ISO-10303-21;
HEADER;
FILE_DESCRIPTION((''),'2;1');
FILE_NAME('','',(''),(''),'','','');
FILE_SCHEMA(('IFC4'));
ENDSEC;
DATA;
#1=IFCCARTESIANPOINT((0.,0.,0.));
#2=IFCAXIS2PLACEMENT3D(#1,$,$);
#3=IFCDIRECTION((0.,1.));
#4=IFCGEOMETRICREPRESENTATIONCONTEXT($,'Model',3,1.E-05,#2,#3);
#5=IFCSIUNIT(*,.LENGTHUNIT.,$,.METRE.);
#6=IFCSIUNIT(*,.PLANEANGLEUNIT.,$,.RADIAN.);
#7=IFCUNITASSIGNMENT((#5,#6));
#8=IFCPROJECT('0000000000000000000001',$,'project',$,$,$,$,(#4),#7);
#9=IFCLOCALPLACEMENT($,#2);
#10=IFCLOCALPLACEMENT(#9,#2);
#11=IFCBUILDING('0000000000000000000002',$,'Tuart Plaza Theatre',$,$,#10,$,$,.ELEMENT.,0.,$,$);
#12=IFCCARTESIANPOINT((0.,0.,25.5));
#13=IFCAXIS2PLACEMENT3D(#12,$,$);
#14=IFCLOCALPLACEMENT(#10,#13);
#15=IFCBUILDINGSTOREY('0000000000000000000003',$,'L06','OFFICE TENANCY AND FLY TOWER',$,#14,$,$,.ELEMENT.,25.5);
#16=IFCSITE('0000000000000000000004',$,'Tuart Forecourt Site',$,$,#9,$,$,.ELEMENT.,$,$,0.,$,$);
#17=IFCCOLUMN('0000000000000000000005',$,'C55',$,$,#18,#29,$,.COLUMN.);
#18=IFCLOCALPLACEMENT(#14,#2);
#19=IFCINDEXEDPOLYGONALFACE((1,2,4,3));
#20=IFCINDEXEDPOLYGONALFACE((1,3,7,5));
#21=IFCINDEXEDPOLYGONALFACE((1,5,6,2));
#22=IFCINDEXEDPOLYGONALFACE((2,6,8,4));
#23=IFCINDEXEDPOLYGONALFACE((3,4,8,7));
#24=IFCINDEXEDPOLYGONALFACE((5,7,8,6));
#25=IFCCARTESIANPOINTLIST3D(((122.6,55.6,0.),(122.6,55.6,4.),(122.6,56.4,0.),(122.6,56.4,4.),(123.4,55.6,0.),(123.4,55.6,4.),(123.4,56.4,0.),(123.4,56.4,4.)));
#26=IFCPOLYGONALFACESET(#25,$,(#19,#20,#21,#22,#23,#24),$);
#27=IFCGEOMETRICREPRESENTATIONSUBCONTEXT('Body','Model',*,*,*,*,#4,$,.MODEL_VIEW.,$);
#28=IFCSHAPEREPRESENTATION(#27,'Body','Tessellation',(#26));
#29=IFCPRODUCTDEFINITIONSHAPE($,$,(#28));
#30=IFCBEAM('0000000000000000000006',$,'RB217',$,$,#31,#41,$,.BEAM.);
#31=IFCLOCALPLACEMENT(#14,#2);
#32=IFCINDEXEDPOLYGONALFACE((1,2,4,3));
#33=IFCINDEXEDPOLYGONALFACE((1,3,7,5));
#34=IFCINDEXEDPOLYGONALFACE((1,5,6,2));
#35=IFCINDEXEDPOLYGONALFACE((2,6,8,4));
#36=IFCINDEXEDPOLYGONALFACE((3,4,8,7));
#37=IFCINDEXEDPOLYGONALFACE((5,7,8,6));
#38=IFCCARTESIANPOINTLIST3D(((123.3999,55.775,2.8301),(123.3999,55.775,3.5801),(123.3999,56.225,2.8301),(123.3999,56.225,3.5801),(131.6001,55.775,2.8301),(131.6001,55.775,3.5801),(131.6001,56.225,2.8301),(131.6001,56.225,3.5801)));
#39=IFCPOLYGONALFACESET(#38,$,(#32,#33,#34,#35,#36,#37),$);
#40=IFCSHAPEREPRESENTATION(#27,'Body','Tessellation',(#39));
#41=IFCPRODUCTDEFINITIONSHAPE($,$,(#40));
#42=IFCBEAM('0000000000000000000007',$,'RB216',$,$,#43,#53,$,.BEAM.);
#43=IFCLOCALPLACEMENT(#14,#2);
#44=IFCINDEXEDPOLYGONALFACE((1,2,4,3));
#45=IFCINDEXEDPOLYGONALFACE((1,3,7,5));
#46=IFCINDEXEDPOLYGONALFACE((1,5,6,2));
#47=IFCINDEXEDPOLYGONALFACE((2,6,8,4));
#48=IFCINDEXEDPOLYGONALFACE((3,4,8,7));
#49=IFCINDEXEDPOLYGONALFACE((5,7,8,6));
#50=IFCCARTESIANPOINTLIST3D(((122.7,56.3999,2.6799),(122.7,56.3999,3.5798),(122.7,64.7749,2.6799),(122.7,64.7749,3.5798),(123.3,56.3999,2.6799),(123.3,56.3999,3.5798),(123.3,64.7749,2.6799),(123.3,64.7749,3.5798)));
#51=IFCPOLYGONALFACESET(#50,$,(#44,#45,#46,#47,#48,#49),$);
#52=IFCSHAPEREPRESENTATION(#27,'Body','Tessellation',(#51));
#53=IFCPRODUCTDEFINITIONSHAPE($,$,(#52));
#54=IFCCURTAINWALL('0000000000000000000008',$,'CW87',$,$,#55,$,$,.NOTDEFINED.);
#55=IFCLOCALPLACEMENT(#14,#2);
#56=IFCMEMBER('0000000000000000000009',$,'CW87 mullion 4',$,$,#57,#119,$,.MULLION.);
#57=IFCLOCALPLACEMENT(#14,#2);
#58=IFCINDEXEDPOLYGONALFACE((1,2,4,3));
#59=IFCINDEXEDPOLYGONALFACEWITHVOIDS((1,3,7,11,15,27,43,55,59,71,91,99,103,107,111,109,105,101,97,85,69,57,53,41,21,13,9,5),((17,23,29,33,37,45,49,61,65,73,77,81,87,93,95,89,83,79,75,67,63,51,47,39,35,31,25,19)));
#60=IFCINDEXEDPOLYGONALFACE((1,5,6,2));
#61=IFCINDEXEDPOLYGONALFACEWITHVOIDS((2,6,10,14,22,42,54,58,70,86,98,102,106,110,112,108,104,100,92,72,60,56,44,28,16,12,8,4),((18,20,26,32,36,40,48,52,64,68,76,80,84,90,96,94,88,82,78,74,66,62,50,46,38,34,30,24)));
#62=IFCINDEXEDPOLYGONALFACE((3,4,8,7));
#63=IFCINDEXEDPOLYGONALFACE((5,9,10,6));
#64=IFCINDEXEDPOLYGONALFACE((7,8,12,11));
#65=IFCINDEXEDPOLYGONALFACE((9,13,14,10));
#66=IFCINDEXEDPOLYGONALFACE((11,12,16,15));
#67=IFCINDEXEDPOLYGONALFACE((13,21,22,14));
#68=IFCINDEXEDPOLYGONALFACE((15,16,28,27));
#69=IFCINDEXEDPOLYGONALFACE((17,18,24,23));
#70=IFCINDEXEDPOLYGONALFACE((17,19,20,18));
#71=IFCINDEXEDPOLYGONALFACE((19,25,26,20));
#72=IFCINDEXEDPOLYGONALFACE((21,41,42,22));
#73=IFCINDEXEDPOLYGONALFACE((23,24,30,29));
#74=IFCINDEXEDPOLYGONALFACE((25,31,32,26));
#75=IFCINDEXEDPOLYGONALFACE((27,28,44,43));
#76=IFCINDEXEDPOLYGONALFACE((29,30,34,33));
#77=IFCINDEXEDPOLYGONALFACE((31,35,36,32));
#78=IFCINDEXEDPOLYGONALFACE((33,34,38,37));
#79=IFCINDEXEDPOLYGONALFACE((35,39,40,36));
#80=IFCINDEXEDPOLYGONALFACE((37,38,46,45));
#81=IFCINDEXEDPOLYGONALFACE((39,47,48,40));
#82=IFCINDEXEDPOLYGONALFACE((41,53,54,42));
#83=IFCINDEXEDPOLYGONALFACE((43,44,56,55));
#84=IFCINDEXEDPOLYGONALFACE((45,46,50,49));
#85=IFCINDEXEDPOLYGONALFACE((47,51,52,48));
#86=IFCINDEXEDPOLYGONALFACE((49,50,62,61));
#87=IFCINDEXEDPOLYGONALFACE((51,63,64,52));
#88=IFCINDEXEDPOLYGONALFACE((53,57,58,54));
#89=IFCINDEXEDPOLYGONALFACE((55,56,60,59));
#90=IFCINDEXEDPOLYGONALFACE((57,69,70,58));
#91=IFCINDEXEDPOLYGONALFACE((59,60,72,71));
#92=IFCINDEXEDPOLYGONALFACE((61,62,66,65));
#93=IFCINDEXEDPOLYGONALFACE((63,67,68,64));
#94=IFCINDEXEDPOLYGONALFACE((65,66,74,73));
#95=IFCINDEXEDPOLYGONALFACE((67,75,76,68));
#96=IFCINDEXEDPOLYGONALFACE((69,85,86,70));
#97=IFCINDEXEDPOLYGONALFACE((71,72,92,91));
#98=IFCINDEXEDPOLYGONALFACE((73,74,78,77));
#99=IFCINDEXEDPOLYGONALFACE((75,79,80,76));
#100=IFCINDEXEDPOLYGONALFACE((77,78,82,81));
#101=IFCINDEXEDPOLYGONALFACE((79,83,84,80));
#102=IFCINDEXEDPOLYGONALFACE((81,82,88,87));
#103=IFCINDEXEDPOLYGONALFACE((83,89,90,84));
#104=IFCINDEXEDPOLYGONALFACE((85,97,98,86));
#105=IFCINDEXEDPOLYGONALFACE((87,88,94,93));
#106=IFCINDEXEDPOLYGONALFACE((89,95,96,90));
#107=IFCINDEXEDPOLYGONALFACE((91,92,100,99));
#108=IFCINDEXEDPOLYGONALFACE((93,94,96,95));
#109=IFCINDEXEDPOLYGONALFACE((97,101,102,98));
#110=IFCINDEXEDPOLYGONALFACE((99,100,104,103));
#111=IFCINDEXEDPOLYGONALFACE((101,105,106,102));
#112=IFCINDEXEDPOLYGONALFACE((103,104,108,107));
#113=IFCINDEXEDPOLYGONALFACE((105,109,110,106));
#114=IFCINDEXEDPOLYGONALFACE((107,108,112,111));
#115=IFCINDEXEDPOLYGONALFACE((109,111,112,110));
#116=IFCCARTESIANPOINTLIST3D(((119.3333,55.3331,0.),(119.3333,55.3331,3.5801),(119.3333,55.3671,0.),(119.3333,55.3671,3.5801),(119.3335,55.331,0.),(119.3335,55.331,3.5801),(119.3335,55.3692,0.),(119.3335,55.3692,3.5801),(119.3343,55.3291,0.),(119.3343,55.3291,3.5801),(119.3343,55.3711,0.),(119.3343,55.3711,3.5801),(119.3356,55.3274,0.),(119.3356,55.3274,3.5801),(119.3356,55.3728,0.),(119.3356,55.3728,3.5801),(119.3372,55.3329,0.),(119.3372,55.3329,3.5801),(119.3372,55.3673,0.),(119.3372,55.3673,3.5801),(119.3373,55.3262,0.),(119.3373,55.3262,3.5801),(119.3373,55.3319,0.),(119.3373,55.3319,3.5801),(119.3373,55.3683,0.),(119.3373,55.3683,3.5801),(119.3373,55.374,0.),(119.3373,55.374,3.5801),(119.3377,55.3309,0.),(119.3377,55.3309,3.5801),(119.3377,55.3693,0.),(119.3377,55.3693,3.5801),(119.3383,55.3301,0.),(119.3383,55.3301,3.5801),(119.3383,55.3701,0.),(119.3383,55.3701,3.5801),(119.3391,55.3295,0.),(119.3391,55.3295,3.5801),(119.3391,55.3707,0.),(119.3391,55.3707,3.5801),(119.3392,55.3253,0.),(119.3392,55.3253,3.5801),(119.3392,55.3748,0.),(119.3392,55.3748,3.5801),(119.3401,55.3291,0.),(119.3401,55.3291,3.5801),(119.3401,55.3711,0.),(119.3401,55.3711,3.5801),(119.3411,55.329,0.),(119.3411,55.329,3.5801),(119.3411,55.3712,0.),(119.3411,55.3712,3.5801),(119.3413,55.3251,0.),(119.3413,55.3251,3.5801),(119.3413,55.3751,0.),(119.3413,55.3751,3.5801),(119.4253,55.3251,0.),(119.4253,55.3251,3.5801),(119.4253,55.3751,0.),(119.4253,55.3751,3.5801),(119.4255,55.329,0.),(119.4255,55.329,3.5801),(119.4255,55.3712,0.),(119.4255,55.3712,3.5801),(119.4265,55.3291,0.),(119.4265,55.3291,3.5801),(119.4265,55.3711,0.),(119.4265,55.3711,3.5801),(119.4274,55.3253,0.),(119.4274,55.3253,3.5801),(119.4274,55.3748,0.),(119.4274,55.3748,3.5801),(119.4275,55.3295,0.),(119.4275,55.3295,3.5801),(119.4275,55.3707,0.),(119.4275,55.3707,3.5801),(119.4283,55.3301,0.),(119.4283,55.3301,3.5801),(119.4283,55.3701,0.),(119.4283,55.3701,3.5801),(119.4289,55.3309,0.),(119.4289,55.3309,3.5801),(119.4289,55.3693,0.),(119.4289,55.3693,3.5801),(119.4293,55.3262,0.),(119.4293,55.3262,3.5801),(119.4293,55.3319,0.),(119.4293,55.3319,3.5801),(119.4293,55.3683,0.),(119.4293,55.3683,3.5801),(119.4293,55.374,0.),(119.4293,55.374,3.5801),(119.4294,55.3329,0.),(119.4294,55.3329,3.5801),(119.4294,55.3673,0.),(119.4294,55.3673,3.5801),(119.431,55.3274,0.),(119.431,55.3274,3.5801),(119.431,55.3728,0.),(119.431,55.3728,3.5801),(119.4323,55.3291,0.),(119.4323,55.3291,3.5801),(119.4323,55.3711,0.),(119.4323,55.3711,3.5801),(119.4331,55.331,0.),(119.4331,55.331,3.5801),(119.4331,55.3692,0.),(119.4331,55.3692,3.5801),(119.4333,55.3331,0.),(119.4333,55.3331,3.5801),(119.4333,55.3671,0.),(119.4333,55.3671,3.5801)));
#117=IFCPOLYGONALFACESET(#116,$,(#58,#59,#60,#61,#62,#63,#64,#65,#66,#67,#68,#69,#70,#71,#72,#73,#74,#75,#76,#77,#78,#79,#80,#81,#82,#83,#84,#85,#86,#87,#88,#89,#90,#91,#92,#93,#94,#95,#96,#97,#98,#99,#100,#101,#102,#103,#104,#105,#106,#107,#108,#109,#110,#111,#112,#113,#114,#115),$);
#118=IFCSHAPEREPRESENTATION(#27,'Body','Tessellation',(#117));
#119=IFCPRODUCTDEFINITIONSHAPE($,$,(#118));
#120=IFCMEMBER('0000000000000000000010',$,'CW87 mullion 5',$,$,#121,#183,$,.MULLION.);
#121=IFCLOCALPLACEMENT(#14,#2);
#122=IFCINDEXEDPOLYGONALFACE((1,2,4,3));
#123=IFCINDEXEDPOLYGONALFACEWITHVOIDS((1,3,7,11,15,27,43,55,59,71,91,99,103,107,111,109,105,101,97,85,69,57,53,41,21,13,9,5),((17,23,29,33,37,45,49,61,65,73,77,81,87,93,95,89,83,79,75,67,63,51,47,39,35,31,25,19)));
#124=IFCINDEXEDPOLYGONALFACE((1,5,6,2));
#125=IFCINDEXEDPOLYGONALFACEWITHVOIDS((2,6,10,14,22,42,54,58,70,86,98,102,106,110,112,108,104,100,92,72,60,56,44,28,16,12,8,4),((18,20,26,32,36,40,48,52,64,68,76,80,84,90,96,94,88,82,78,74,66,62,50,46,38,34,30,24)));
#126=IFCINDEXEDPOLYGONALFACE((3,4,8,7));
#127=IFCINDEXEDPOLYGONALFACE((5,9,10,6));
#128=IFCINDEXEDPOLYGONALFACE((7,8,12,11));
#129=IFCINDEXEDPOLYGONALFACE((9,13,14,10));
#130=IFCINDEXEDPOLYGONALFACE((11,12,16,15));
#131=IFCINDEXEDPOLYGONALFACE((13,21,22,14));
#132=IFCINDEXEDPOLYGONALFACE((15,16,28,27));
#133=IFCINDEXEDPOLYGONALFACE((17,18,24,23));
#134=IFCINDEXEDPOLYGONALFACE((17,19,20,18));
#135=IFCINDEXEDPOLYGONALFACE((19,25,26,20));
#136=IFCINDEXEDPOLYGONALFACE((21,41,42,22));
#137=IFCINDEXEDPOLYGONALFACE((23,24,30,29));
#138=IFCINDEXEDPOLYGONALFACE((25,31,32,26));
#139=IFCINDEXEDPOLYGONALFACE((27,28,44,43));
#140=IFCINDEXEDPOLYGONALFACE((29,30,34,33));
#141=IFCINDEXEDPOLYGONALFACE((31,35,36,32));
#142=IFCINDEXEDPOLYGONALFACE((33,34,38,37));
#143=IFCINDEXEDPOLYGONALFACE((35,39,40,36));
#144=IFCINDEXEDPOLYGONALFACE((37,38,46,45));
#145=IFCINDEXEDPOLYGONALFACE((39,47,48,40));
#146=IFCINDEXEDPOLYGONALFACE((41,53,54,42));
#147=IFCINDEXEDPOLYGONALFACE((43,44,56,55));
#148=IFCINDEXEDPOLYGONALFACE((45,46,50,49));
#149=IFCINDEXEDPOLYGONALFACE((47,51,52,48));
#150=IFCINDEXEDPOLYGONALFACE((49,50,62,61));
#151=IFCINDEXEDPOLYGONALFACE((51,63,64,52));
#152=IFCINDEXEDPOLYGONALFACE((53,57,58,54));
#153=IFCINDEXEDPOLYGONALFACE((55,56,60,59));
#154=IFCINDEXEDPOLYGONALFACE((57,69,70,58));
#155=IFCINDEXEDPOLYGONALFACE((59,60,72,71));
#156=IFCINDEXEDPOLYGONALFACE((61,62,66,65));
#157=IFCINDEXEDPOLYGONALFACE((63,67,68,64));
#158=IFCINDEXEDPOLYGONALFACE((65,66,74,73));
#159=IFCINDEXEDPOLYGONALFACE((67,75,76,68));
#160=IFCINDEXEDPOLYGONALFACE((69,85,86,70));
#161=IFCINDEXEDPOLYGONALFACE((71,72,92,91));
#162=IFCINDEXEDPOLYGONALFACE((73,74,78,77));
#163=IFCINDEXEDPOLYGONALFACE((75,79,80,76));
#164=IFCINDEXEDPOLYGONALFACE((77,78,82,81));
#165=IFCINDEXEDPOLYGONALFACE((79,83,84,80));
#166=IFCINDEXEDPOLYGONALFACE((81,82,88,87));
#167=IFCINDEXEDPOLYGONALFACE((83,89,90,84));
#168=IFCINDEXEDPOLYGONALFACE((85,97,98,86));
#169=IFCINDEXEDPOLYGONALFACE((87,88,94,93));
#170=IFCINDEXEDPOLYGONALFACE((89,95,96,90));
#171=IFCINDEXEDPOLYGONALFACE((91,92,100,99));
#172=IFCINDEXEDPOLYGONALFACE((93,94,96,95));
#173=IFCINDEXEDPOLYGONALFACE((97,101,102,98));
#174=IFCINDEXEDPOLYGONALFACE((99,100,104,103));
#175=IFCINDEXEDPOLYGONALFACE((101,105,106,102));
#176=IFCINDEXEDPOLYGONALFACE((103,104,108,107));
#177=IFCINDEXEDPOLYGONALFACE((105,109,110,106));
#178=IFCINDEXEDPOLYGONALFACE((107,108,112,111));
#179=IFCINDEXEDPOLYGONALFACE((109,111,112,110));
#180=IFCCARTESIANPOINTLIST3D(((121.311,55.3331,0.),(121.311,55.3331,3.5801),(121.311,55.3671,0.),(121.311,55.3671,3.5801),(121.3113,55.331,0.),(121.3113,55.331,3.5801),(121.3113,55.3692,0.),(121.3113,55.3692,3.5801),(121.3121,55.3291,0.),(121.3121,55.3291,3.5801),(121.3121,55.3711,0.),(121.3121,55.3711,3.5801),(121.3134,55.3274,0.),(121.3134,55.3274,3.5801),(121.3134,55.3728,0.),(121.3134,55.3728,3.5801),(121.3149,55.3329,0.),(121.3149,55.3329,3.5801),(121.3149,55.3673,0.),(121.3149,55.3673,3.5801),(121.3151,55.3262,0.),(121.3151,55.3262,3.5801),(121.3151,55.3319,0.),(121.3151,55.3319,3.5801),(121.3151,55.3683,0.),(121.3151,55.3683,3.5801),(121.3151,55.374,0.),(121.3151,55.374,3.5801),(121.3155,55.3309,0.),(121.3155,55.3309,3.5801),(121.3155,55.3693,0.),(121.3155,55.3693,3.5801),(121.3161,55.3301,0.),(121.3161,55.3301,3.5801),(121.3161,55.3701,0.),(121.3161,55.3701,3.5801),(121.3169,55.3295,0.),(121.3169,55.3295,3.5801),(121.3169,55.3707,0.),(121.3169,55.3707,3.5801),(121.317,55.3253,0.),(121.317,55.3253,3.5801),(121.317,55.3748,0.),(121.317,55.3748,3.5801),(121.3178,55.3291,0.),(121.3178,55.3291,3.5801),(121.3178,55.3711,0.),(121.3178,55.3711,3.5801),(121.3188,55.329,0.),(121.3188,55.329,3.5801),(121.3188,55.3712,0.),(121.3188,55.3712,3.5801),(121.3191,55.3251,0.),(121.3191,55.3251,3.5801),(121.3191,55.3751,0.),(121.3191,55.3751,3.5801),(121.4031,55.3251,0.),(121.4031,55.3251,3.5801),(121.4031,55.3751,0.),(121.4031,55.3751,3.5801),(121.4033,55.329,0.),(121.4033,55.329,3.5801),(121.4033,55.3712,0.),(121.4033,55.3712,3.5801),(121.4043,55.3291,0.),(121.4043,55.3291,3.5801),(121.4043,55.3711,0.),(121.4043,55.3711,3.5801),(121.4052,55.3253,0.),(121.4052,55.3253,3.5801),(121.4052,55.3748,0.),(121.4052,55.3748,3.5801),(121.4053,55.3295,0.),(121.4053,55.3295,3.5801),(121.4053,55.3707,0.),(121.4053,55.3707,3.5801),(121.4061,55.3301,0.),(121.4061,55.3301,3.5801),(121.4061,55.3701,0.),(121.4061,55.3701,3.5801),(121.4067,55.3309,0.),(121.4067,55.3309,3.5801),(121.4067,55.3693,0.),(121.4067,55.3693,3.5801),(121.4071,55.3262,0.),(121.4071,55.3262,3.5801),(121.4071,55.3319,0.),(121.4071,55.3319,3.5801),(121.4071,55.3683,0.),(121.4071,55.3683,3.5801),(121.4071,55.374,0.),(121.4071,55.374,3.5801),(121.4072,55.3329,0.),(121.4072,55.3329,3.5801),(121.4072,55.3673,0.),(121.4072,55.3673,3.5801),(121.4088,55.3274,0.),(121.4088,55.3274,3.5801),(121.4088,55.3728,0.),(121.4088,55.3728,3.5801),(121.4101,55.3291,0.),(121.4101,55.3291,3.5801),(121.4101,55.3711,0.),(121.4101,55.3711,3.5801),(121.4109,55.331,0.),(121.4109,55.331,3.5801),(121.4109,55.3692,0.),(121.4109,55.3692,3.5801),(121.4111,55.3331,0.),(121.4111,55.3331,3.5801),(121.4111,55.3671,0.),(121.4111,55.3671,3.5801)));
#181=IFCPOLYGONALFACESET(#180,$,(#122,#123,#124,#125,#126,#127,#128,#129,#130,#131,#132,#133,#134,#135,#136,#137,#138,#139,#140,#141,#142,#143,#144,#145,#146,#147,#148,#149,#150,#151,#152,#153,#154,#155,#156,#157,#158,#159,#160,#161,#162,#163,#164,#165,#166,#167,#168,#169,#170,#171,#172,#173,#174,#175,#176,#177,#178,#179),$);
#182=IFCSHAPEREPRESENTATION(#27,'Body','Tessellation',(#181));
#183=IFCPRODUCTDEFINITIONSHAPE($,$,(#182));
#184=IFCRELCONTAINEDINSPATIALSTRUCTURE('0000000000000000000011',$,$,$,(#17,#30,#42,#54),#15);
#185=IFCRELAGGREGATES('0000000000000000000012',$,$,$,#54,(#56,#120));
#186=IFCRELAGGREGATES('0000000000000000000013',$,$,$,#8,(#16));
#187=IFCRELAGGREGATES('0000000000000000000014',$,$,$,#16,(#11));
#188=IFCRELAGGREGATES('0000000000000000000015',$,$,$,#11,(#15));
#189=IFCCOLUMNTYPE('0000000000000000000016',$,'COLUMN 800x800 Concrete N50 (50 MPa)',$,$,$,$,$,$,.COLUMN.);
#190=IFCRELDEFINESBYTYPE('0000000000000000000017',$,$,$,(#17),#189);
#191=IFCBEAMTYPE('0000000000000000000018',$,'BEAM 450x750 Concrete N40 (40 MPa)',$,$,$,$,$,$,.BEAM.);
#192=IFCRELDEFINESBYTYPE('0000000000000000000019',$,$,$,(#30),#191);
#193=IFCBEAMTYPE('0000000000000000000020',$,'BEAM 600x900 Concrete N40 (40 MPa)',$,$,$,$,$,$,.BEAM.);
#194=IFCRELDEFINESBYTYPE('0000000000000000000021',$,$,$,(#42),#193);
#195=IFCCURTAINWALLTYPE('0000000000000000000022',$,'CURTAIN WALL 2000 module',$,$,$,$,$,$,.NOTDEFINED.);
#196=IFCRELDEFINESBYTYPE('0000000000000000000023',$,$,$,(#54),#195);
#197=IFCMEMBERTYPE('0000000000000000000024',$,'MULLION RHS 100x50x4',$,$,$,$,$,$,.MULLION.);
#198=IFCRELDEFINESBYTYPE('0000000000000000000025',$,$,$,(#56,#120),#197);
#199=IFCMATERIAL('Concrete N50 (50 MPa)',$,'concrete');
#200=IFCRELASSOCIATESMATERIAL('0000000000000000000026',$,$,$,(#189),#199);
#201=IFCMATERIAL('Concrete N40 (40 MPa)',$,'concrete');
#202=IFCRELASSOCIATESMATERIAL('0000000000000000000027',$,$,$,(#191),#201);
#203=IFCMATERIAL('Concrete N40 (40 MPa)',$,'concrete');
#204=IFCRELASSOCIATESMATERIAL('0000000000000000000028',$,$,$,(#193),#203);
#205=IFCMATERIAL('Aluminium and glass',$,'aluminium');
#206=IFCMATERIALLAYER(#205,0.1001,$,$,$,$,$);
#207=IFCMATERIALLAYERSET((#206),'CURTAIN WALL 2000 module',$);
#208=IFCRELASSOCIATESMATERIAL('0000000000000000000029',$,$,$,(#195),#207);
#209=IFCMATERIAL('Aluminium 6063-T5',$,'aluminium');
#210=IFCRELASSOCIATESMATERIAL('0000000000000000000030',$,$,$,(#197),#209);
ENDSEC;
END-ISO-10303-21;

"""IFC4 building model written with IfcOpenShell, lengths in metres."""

from ifc_helpers import new_model, si_unit, direction, frame, origin, origin_2d, place, context, subcontext, project, spatial, rectangle, hollow_rectangle, extrude, material, layer, layer_set, material_profile, profile_set, type_object, element, aggregate, save


model = new_model("IFC4")

# Units and contexts
model_context = context("Model", 3, precision=1e-05, world=origin(), true_north=direction((0.0, 1.0)))
body_context = subcontext(model_context, "Body", "Model", "MODEL_VIEW")
ifc_project = project(units=[si_unit("LENGTHUNIT", "METRE"), si_unit("PLANEANGLEUNIT", "RADIAN")], contexts=[model_context])

# Site, building, storey
site_placement = place(None, origin())
site = spatial("IfcSite", under=ifc_project, at=site_placement, Name="Tuart Forecourt Site", CompositionType="ELEMENT", RefElevation=0.0)
building_placement = place(site_placement, origin())
building = spatial("IfcBuilding", under=site, at=building_placement, Name="Tuart Plaza Theatre", CompositionType="ELEMENT", ElevationOfRefHeight=0.0)
storey_placement = place(building_placement, frame((0.0, 0.0, 25.5)))
storey = spatial("IfcBuildingStorey", under=building, at=storey_placement, Name="L06", Description="OFFICE TENANCY AND FLY TOWER", CompositionType="ELEMENT", Elevation=25.5)

# Column
ifc_material_1 = material(Name="Concrete N50 (50 MPa)", Category="concrete")
ifc_material_profile_1 = material_profile(ifc_material_1, rectangle(XDim=0.8, YDim=0.8, at=origin_2d()), Name="COLUMN 800x800 Concrete N50 (50 MPa)")
ifc_profile_set_1 = profile_set([ifc_material_profile_1], Name="Concrete N50 (50 MPa)")
column_type = type_object("IfcColumnType", Name="COLUMN 800x800 Concrete N50 (50 MPa)", PredefinedType="COLUMN", material=ifc_profile_set_1)
column_placement = place(storey_placement, frame((123.0, 56.0, 0.0), z_axis=(0.0, 0.0, 1.0), x_axis=(1.0, 0.0, 0.0)))
element("IfcColumn", 1, at=column_placement, inside=storey, type_object=column_type, Name="C55", PredefinedType="COLUMN", context=body_context, shape_type="SweptSolid", body=[
    extrude(rectangle(XDim=0.8, YDim=0.8, at=origin_2d()), origin(), (0.0, 0.0, 1.0), 4.0),
])

# Beams
ifc_material_2 = material(Name="Concrete N40 (40 MPa)", Category="concrete")
ifc_material_profile_2 = material_profile(ifc_material_2, rectangle(XDim=0.45, YDim=0.75, at=origin_2d()), Name="BEAM 450x750 Concrete N40 (40 MPa)")
ifc_profile_set_2 = profile_set([ifc_material_profile_2], Name="Concrete N40 (40 MPa)")
beam_type_1 = type_object("IfcBeamType", Name="BEAM 450x750 Concrete N40 (40 MPa)", PredefinedType="BEAM", material=ifc_profile_set_2)
beam_1_placement = place(storey_placement, frame((123.3999, 56.0, 3.2051), z_axis=(1.0, 0.0, 0.0), x_axis=(0.0, 1.0, 0.0)))
element("IfcBeam", 2, at=beam_1_placement, inside=storey, type_object=beam_type_1, Name="RB217", PredefinedType="BEAM", context=body_context, shape_type="SweptSolid", body=[
    extrude(rectangle(XDim=0.45, YDim=0.75, at=origin_2d()), origin(), (0.0, 0.0, 1.0), 8.2002),
])
ifc_material_3 = material(Name="Concrete N40 (40 MPa)", Category="concrete")
ifc_material_profile_3 = material_profile(ifc_material_3, rectangle(XDim=0.6001, YDim=0.8999, at=origin_2d()), Name="BEAM 600x900 Concrete N40 (40 MPa)")
ifc_profile_set_3 = profile_set([ifc_material_profile_3], Name="Concrete N40 (40 MPa)")
beam_type_2 = type_object("IfcBeamType", Name="BEAM 600x900 Concrete N40 (40 MPa)", PredefinedType="BEAM", material=ifc_profile_set_3)
beam_2_placement = place(storey_placement, frame((123.0, 56.3999, 3.1299), z_axis=(0.0, 1.0, 0.0), x_axis=(-1.0, 0.0, 0.0)))
element("IfcBeam", 3, at=beam_2_placement, inside=storey, type_object=beam_type_2, Name="RB216", PredefinedType="BEAM", context=body_context, shape_type="SweptSolid", body=[
    extrude(rectangle(XDim=0.6001, YDim=0.8999, at=origin_2d()), origin(), (0.0, 0.0, 1.0), 8.375),
])

# Curtain wall, members
ifc_material_4 = material(Name="Aluminium and glass", Category="aluminium")
ifc_layer_1 = layer(ifc_material_4, 0.1001)
ifc_layer_set_1 = layer_set([ifc_layer_1], Name="CURTAIN WALL 2000 module")
curtain_wall_type = type_object("IfcCurtainWallType", Name="CURTAIN WALL 2000 module", PredefinedType="NOTDEFINED", material=ifc_layer_set_1)
curtain_wall_placement = place(storey_placement, origin())
curtain_wall = element("IfcCurtainWall", 4, at=curtain_wall_placement, inside=storey, type_object=curtain_wall_type, Name="CW87", PredefinedType="NOTDEFINED")
ifc_material_5 = material(Name="Aluminium 6063-T5", Category="aluminium")
ifc_material_profile_4 = material_profile(ifc_material_5, hollow_rectangle(XDim=0.05, YDim=0.1001, WallThickness=0.0039, InnerFilletRadius=0.0039, OuterFilletRadius=0.0081, at=origin_2d()), Name="RHS 100x50x4")
ifc_profile_set_4 = profile_set([ifc_material_profile_4], Name="Aluminium 6063-T5")
member_type_1 = type_object("IfcMemberType", Name="MULLION RHS 100x50x4", PredefinedType="MULLION", material=ifc_profile_set_4)
member_1_placement = place(storey_placement, frame((119.3833, 55.3501, 0.0), z_axis=(0.0, 0.0, 1.0), x_axis=(0.0, 1.0, 0.0)))
member_1 = element("IfcMember", 5, at=member_1_placement, type_object=member_type_1, Name="CW87 mullion 4", PredefinedType="MULLION", context=body_context, shape_type="SweptSolid", body=[
    extrude(hollow_rectangle(XDim=0.05, YDim=0.1001, WallThickness=0.0039, InnerFilletRadius=0.0039, OuterFilletRadius=0.0081, at=origin_2d()), origin(), (0.0, 0.0, 1.0), 3.5801),
])
member_2_placement = place(storey_placement, frame((121.3611, 55.3501, 0.0), z_axis=(0.0, 0.0, 1.0), x_axis=(0.0, 1.0, 0.0)))
member_2 = element("IfcMember", 6, at=member_2_placement, type_object=member_type_1, Name="CW87 mullion 5", PredefinedType="MULLION", context=body_context, shape_type="SweptSolid", body=[
    extrude(hollow_rectangle(XDim=0.05, YDim=0.1001, WallThickness=0.0039, InnerFilletRadius=0.0039, OuterFilletRadius=0.0081, at=origin_2d()), origin(), (0.0, 0.0, 1.0), 3.5801),
])
aggregate(curtain_wall, [member_1, member_2])

save(model, "model.ifc")
